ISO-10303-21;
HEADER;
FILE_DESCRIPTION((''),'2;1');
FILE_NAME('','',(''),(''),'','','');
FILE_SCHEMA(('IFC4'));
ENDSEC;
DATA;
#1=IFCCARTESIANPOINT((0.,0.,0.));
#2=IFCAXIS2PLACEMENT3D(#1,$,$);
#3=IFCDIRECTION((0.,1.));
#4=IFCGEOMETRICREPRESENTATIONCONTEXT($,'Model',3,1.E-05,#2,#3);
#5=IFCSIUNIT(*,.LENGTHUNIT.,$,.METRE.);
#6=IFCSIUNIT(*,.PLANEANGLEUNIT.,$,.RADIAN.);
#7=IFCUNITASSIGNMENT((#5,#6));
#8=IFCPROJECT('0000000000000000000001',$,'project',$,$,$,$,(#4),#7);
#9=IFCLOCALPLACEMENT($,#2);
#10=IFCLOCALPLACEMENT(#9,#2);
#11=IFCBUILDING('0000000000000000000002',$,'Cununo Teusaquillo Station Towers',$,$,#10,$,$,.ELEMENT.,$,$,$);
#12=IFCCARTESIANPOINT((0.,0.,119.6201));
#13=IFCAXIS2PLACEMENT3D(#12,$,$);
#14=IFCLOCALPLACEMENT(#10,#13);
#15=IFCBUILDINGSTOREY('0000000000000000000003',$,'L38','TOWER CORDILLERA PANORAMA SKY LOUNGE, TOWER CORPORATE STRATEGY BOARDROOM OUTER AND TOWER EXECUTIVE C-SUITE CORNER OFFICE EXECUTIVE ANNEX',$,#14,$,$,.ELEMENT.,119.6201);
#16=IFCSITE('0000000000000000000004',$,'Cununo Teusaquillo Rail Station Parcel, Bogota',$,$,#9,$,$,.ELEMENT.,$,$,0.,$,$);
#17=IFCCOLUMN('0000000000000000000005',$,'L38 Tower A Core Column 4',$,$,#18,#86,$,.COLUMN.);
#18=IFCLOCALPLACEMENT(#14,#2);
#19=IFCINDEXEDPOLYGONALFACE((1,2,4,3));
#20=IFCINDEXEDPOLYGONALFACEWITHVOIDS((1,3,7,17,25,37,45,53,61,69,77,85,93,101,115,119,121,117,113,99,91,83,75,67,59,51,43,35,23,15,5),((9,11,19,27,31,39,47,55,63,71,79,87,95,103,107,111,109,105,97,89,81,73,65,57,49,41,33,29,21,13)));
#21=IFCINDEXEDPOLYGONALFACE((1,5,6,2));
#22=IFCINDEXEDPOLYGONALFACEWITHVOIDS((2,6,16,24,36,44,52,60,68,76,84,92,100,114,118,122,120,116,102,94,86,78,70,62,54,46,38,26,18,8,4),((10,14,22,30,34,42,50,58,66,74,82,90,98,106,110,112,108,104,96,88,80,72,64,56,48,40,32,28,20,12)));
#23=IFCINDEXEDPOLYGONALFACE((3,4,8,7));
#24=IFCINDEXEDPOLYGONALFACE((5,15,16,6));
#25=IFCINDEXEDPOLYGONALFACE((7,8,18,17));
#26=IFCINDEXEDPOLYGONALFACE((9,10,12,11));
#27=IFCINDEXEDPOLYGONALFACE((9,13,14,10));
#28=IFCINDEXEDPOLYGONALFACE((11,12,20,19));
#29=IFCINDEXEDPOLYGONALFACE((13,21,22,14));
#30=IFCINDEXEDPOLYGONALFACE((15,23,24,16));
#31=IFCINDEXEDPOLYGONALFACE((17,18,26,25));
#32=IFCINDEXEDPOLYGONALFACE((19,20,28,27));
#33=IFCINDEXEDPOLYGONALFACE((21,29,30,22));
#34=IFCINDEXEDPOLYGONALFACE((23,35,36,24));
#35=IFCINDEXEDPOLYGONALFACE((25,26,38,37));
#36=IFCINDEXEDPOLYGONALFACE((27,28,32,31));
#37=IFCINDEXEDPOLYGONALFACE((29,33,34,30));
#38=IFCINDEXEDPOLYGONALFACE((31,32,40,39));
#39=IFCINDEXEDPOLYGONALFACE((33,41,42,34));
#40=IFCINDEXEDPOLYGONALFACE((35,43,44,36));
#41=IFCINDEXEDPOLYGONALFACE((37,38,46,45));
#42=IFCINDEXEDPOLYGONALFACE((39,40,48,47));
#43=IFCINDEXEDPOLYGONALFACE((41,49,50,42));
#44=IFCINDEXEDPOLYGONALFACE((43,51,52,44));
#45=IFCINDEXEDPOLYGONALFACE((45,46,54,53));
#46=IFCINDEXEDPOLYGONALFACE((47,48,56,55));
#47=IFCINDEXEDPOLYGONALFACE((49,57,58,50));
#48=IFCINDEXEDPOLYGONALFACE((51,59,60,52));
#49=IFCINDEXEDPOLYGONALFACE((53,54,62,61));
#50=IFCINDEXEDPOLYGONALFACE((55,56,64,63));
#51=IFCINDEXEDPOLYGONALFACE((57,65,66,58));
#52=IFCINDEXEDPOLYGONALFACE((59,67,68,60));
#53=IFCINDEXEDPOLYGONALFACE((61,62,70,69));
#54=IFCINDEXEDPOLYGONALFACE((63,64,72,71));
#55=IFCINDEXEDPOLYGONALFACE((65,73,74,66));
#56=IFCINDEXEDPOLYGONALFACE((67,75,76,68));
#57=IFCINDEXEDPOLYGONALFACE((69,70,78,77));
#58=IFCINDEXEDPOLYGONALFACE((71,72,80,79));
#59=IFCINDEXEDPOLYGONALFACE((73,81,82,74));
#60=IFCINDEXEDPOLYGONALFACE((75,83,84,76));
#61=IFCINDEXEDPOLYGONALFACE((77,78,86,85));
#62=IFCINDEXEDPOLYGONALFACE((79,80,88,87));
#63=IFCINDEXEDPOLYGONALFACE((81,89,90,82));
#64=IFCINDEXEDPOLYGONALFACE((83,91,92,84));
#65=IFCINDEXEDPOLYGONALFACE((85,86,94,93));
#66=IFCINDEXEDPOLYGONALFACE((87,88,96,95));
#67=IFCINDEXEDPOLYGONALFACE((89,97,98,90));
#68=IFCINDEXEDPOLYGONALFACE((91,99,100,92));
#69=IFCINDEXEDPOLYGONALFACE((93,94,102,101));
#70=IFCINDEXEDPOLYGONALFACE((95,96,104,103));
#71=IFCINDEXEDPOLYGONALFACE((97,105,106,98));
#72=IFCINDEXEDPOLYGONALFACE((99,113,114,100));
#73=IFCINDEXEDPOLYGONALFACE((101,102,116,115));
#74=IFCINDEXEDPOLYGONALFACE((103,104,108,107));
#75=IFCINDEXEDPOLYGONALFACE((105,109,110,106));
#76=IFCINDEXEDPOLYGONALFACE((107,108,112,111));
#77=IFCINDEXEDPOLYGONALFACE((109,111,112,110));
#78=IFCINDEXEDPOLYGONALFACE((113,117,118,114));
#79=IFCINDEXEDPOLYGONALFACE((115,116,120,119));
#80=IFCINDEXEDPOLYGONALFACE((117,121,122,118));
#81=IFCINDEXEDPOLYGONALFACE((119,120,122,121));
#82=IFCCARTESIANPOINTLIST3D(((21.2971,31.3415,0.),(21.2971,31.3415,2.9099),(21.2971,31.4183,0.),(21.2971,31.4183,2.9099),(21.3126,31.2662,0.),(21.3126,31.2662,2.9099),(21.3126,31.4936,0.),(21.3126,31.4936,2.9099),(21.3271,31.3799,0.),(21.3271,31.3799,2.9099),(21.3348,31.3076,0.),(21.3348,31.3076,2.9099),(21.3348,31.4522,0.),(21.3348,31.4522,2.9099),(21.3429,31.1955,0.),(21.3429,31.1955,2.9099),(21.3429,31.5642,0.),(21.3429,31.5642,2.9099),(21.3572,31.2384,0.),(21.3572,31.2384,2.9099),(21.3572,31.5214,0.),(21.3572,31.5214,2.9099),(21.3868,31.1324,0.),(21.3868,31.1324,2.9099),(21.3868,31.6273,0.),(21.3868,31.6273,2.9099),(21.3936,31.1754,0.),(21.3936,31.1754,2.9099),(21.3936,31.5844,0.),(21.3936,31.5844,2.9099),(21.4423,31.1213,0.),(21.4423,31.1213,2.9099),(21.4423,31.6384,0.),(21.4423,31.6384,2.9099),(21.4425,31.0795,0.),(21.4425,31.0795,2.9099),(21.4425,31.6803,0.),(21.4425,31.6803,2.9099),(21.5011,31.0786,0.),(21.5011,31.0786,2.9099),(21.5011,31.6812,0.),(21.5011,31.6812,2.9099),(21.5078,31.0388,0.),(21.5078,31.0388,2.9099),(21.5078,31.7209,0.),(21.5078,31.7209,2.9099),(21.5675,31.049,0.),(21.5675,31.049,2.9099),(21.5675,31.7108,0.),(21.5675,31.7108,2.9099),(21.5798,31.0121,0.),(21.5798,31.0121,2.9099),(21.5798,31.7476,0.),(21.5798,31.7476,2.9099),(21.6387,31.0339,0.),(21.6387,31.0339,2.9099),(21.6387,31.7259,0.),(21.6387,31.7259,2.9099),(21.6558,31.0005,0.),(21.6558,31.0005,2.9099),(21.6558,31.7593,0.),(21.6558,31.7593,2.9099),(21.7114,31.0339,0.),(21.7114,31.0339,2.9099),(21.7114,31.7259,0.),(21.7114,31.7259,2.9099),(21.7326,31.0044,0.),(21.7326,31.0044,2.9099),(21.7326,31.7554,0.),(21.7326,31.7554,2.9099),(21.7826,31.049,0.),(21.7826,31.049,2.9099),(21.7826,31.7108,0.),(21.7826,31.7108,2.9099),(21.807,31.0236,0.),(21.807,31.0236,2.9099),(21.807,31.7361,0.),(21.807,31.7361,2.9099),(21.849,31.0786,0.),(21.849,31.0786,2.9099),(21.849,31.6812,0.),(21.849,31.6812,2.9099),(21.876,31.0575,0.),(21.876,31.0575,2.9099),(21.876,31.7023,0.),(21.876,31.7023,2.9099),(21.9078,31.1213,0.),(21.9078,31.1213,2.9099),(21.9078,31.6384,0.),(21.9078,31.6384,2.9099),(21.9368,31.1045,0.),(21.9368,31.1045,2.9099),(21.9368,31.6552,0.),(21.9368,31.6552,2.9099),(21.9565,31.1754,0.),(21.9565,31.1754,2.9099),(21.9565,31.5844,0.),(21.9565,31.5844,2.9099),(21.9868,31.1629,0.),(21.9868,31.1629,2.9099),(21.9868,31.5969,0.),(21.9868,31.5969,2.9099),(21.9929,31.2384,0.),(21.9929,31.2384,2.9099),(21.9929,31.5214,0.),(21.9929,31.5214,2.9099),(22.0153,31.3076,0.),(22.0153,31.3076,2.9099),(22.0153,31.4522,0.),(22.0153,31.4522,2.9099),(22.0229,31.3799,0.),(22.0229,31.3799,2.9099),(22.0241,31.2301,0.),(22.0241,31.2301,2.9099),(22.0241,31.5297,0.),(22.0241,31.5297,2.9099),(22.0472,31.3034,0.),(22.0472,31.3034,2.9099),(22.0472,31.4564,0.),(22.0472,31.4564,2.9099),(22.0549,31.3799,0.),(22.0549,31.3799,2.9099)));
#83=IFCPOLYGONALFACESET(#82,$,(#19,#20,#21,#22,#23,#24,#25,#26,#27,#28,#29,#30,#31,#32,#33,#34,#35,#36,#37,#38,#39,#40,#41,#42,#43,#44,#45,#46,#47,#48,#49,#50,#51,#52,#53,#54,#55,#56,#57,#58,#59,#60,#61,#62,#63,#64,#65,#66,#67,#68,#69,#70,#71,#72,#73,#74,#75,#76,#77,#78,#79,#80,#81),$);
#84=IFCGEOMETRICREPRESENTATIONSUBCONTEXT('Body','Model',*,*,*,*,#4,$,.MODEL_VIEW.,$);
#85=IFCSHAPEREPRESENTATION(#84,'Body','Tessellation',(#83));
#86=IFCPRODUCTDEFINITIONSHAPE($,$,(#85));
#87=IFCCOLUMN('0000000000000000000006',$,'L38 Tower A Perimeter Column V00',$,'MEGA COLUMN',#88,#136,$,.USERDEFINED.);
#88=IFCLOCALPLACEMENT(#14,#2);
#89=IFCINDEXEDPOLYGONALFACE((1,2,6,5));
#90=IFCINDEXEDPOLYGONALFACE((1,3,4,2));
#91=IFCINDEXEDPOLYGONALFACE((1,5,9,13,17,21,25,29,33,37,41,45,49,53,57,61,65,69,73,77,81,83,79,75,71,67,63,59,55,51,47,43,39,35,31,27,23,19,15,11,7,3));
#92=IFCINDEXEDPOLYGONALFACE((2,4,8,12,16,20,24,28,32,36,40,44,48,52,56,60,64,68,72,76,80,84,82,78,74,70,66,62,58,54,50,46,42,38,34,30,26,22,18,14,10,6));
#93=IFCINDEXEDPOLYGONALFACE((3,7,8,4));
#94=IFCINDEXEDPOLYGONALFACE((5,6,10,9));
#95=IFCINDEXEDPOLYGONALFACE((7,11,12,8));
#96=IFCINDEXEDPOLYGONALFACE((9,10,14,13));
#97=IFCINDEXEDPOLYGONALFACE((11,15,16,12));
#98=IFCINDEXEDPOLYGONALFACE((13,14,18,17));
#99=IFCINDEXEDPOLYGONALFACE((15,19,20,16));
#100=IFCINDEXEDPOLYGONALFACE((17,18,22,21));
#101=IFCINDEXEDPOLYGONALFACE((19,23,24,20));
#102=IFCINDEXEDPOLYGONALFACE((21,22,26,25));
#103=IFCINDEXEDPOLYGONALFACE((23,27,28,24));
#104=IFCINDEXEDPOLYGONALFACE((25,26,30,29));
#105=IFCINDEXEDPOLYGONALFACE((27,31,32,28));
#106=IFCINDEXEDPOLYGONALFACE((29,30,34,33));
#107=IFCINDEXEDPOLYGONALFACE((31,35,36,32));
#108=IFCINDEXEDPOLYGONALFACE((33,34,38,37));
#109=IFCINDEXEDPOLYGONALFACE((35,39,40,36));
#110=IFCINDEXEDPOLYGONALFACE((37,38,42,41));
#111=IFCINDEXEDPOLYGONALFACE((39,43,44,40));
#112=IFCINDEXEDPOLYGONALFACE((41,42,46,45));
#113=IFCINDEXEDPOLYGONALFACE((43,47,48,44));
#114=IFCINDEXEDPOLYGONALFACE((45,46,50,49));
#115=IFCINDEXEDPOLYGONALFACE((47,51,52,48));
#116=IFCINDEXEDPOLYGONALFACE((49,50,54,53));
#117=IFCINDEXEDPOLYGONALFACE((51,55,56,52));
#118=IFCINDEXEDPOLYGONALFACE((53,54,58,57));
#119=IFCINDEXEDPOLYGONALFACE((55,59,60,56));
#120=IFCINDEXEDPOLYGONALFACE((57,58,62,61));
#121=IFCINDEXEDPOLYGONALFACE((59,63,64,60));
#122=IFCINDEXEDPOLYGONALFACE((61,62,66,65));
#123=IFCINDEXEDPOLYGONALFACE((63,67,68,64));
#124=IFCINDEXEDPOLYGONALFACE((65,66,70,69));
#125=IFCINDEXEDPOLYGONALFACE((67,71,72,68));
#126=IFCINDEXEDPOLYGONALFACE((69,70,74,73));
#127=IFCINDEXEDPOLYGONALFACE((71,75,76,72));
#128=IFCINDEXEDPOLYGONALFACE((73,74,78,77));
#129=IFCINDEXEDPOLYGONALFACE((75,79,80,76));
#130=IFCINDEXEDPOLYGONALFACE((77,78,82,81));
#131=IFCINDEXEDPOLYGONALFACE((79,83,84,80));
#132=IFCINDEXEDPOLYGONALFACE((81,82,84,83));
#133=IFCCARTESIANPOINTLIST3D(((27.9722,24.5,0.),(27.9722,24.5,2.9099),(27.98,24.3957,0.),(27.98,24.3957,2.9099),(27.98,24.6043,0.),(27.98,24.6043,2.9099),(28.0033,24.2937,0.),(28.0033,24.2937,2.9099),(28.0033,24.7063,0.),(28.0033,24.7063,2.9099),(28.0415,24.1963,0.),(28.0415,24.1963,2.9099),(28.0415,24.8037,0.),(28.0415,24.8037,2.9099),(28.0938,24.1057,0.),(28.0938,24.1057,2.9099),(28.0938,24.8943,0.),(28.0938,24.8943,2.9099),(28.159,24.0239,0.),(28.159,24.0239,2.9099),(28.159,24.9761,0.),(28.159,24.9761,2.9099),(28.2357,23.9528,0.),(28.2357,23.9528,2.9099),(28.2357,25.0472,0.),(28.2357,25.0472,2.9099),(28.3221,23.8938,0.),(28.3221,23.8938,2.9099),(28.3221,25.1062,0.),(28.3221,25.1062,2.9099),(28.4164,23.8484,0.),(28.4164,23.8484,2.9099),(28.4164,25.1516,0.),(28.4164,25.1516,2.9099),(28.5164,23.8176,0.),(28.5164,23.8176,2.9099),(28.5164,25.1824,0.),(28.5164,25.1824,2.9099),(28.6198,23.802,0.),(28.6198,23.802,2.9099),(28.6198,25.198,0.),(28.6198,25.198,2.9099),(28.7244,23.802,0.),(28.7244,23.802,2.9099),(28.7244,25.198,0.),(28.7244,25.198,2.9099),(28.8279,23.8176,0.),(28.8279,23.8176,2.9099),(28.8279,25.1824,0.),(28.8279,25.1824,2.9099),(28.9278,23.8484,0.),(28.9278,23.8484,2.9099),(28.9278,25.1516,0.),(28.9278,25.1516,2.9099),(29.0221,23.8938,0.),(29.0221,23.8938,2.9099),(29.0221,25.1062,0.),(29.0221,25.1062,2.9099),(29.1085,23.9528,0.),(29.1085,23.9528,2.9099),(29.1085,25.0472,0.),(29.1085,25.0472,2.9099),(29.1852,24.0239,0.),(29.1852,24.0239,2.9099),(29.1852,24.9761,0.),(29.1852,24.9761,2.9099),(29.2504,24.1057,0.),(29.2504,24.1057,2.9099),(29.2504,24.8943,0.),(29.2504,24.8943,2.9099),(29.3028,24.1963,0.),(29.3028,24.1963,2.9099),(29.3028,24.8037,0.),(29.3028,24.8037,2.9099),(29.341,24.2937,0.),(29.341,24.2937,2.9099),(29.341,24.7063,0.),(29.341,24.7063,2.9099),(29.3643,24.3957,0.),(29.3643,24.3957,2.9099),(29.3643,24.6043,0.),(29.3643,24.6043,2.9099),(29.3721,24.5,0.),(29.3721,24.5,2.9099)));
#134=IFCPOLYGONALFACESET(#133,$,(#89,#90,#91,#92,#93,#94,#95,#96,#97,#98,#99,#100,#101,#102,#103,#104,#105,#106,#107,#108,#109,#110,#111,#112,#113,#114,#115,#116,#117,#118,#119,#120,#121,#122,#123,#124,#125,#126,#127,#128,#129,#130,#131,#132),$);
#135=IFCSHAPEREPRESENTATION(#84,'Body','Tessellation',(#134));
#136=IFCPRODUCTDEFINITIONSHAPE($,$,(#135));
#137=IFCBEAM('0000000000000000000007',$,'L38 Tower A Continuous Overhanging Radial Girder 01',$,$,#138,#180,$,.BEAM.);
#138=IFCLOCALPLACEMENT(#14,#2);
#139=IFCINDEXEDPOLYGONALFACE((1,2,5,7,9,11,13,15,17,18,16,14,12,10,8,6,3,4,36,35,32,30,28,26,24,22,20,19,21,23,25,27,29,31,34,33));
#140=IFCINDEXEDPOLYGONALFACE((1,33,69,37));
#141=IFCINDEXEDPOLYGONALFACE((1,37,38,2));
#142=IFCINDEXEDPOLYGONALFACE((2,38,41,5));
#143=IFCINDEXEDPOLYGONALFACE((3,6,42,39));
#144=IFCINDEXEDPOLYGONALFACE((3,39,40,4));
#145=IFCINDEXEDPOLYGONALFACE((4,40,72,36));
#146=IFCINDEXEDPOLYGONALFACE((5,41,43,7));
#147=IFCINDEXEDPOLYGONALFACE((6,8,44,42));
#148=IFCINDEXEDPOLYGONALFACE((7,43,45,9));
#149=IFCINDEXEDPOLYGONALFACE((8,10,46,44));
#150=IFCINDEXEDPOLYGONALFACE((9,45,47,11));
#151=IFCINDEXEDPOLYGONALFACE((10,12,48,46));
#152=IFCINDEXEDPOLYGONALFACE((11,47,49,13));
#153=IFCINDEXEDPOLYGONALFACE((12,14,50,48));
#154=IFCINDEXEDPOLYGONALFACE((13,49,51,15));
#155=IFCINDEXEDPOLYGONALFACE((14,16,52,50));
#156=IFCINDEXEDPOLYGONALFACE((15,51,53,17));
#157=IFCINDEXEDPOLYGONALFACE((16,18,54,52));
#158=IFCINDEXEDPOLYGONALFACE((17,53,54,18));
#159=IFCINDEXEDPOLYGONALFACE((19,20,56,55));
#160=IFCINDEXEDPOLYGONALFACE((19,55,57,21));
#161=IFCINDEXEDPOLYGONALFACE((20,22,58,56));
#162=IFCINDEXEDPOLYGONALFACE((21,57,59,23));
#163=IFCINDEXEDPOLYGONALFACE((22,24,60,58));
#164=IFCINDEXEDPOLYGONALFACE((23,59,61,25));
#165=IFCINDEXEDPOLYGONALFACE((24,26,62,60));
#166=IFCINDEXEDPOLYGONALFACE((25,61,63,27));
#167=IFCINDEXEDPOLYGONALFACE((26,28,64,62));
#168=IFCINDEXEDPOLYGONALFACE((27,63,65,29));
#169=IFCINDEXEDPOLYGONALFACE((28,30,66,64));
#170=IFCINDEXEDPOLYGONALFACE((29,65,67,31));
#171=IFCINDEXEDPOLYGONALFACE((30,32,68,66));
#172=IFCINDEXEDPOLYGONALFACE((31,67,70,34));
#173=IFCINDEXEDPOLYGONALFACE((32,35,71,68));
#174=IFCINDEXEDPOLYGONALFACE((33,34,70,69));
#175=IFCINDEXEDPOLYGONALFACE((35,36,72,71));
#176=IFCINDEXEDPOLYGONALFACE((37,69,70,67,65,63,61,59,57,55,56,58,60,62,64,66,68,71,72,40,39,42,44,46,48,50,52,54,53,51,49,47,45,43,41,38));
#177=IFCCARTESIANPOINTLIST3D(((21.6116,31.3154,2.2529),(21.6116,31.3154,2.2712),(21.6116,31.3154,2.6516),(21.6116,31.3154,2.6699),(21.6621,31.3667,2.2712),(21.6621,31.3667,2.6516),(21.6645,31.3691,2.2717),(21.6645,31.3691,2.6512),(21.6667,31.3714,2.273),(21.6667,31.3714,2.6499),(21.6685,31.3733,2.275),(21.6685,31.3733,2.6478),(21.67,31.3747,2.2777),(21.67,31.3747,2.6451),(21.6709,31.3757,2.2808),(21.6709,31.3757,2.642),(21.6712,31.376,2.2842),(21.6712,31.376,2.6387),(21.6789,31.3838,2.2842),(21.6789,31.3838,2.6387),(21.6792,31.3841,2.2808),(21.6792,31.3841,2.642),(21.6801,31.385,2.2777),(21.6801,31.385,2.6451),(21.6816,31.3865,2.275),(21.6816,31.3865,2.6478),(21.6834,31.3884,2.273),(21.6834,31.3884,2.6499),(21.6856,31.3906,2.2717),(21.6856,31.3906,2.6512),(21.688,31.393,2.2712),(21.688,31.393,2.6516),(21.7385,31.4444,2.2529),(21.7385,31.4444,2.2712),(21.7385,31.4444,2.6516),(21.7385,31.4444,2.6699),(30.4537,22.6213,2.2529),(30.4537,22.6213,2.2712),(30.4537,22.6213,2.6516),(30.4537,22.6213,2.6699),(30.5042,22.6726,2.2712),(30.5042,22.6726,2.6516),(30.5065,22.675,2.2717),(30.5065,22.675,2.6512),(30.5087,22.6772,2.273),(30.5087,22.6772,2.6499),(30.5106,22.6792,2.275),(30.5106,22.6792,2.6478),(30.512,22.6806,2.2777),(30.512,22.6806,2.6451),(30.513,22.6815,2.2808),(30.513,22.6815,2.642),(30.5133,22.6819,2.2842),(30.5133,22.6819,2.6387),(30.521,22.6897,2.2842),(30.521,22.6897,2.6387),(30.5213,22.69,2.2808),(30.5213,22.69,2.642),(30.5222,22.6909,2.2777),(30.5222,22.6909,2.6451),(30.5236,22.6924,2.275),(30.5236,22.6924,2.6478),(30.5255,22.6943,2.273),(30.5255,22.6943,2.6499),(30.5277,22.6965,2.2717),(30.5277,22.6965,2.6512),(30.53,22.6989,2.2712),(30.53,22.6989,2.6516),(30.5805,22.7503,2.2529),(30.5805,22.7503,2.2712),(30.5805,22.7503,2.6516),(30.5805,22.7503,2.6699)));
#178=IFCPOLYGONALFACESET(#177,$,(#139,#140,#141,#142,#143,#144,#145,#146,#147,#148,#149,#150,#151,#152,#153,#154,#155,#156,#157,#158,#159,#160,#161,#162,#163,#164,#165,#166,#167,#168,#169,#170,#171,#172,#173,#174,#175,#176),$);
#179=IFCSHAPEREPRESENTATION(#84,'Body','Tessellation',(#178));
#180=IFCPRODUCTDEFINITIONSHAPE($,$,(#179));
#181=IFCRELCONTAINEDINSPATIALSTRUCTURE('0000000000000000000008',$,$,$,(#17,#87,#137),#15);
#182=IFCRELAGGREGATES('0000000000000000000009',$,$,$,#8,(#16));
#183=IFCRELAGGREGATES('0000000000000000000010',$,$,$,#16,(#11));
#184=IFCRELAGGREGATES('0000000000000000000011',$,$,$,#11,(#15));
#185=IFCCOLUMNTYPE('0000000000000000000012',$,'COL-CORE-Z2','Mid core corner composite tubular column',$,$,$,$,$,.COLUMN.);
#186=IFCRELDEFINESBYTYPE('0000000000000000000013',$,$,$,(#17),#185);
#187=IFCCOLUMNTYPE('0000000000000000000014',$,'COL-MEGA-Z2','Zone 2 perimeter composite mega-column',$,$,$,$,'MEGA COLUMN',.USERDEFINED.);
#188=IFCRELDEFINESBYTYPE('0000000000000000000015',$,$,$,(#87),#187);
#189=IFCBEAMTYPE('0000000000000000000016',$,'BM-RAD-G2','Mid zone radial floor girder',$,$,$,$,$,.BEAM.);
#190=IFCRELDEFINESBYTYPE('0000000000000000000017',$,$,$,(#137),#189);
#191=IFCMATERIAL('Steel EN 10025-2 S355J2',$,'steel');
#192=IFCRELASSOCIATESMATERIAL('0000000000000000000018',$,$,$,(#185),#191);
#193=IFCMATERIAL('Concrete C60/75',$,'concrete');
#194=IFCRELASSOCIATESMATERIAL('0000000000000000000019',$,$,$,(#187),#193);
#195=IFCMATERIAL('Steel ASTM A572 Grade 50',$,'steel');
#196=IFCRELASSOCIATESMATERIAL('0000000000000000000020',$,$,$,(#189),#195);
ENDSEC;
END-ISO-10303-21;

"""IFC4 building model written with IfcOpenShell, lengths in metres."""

from ifc_helpers import new_model, si_unit, direction, frame, origin, origin_2d, place, context, subcontext, project, spatial, circle, hollow_circle, i_section, extrude, material, material_profile, profile_set, type_object, element, save


model = new_model("IFC4")

# Units and contexts
model_context = context("Model", 3, precision=1e-05, world=origin(), true_north=direction((0.0, 1.0)))
body_context = subcontext(model_context, "Body", "Model", "MODEL_VIEW")
ifc_project = project(units=[si_unit("LENGTHUNIT", "METRE"), si_unit("PLANEANGLEUNIT", "RADIAN")], contexts=[model_context])

# Site, building, storey
site_placement = place(None, origin())
site = spatial("IfcSite", under=ifc_project, at=site_placement, Name="Cununo Teusaquillo Rail Station Parcel, Bogota", CompositionType="ELEMENT", RefElevation=0.0)
building_placement = place(site_placement, origin())
building = spatial("IfcBuilding", under=site, at=building_placement, Name="Cununo Teusaquillo Station Towers", CompositionType="ELEMENT")
storey_placement = place(building_placement, frame((0.0, 0.0, 119.6201)))
storey = spatial("IfcBuildingStorey", under=building, at=storey_placement, Name="L38", Description="TOWER CORDILLERA PANORAMA SKY LOUNGE, TOWER CORPORATE STRATEGY BOARDROOM OUTER AND TOWER EXECUTIVE C-SUITE CORNER OFFICE EXECUTIVE ANNEX", CompositionType="ELEMENT", Elevation=119.6201)

# Columns
ifc_material_1 = material(Name="Steel EN 10025-2 S355J2", Category="steel")
ifc_material_profile_1 = material_profile(ifc_material_1, hollow_circle(Radius=0.3799, WallThickness=0.032, at=origin_2d()), Name="CHS 760x32")
ifc_profile_set_1 = profile_set([ifc_material_profile_1], Name="Steel EN 10025-2 S355J2")
column_type_1 = type_object("IfcColumnType", Name="COL-CORE-Z2", Description="Mid core corner composite tubular column", PredefinedType="COLUMN", material=ifc_profile_set_1)
column_1_placement = place(storey_placement, frame((21.675, 31.3799, 0.0), z_axis=(0.0, 0.0, 1.0), x_axis=(1.0, 0.0, 0.0)))
element("IfcColumn", 1, at=column_1_placement, inside=storey, type_object=column_type_1, Name="L38 Tower A Core Column 4", PredefinedType="COLUMN", context=body_context, shape_type="SweptSolid", body=[
    extrude(hollow_circle(Radius=0.3799, WallThickness=0.032, at=origin_2d()), origin(), (0.0, 0.0, 1.0), 2.9099),
])
ifc_material_2 = material(Name="Concrete C60/75", Category="concrete")
ifc_material_profile_2 = material_profile(ifc_material_2, circle(Radius=0.7, at=origin_2d()), Name="RC-CIRC-1400")
ifc_profile_set_2 = profile_set([ifc_material_profile_2], Name="Concrete C60/75")
column_type_2 = type_object("IfcColumnType", Name="COL-MEGA-Z2", Description="Zone 2 perimeter composite mega-column", ElementType="MEGA COLUMN", PredefinedType="USERDEFINED", material=ifc_profile_set_2)
column_2_placement = place(storey_placement, frame((28.6721, 24.5, 0.0), z_axis=(0.0, 0.0, 1.0), x_axis=(1.0, 0.0, 0.0)))
element("IfcColumn", 2, at=column_2_placement, inside=storey, type_object=column_type_2, Name="L38 Tower A Perimeter Column V00", ObjectType="MEGA COLUMN", PredefinedType="USERDEFINED", context=body_context, shape_type="SweptSolid", body=[
    extrude(circle(Radius=0.7, at=origin_2d()), origin(), (0.0, 0.0, 1.0), 2.9099),
])

# Beam
ifc_material_3 = material(Name="Steel ASTM A572 Grade 50", Category="steel")
ifc_material_profile_3 = material_profile(ifc_material_3, i_section(OverallWidth=0.1809, OverallDepth=0.417, WebThickness=0.011, FlangeThickness=0.0183, FilletRadius=0.0129, at=origin_2d()), Name="W16X57")
ifc_profile_set_3 = profile_set([ifc_material_profile_3], Name="Steel ASTM A572 Grade 50")
beam_type_1 = type_object("IfcBeamType", Name="BM-RAD-G2", Description="Mid zone radial floor girder", PredefinedType="BEAM", material=ifc_profile_set_3)
beam_1_placement = place(storey_placement, frame((21.675, 31.3799, 2.4614), z_axis=(0.713047, -0.701116, 0.0), x_axis=(0.701116, 0.713047, 0.0)))
element("IfcBeam", 3, at=beam_1_placement, inside=storey, type_object=beam_type_1, Name="L38 Tower A Continuous Overhanging Radial Girder 01", PredefinedType="BEAM", context=body_context, shape_type="SweptSolid", body=[
    extrude(i_section(OverallWidth=0.1809, OverallDepth=0.417, WebThickness=0.011, FlangeThickness=0.0183, FilletRadius=0.0129, at=origin_2d()), origin(), (0.0, 0.0, 1.0), 12.4004),
])

save(model, "model.ifc")
